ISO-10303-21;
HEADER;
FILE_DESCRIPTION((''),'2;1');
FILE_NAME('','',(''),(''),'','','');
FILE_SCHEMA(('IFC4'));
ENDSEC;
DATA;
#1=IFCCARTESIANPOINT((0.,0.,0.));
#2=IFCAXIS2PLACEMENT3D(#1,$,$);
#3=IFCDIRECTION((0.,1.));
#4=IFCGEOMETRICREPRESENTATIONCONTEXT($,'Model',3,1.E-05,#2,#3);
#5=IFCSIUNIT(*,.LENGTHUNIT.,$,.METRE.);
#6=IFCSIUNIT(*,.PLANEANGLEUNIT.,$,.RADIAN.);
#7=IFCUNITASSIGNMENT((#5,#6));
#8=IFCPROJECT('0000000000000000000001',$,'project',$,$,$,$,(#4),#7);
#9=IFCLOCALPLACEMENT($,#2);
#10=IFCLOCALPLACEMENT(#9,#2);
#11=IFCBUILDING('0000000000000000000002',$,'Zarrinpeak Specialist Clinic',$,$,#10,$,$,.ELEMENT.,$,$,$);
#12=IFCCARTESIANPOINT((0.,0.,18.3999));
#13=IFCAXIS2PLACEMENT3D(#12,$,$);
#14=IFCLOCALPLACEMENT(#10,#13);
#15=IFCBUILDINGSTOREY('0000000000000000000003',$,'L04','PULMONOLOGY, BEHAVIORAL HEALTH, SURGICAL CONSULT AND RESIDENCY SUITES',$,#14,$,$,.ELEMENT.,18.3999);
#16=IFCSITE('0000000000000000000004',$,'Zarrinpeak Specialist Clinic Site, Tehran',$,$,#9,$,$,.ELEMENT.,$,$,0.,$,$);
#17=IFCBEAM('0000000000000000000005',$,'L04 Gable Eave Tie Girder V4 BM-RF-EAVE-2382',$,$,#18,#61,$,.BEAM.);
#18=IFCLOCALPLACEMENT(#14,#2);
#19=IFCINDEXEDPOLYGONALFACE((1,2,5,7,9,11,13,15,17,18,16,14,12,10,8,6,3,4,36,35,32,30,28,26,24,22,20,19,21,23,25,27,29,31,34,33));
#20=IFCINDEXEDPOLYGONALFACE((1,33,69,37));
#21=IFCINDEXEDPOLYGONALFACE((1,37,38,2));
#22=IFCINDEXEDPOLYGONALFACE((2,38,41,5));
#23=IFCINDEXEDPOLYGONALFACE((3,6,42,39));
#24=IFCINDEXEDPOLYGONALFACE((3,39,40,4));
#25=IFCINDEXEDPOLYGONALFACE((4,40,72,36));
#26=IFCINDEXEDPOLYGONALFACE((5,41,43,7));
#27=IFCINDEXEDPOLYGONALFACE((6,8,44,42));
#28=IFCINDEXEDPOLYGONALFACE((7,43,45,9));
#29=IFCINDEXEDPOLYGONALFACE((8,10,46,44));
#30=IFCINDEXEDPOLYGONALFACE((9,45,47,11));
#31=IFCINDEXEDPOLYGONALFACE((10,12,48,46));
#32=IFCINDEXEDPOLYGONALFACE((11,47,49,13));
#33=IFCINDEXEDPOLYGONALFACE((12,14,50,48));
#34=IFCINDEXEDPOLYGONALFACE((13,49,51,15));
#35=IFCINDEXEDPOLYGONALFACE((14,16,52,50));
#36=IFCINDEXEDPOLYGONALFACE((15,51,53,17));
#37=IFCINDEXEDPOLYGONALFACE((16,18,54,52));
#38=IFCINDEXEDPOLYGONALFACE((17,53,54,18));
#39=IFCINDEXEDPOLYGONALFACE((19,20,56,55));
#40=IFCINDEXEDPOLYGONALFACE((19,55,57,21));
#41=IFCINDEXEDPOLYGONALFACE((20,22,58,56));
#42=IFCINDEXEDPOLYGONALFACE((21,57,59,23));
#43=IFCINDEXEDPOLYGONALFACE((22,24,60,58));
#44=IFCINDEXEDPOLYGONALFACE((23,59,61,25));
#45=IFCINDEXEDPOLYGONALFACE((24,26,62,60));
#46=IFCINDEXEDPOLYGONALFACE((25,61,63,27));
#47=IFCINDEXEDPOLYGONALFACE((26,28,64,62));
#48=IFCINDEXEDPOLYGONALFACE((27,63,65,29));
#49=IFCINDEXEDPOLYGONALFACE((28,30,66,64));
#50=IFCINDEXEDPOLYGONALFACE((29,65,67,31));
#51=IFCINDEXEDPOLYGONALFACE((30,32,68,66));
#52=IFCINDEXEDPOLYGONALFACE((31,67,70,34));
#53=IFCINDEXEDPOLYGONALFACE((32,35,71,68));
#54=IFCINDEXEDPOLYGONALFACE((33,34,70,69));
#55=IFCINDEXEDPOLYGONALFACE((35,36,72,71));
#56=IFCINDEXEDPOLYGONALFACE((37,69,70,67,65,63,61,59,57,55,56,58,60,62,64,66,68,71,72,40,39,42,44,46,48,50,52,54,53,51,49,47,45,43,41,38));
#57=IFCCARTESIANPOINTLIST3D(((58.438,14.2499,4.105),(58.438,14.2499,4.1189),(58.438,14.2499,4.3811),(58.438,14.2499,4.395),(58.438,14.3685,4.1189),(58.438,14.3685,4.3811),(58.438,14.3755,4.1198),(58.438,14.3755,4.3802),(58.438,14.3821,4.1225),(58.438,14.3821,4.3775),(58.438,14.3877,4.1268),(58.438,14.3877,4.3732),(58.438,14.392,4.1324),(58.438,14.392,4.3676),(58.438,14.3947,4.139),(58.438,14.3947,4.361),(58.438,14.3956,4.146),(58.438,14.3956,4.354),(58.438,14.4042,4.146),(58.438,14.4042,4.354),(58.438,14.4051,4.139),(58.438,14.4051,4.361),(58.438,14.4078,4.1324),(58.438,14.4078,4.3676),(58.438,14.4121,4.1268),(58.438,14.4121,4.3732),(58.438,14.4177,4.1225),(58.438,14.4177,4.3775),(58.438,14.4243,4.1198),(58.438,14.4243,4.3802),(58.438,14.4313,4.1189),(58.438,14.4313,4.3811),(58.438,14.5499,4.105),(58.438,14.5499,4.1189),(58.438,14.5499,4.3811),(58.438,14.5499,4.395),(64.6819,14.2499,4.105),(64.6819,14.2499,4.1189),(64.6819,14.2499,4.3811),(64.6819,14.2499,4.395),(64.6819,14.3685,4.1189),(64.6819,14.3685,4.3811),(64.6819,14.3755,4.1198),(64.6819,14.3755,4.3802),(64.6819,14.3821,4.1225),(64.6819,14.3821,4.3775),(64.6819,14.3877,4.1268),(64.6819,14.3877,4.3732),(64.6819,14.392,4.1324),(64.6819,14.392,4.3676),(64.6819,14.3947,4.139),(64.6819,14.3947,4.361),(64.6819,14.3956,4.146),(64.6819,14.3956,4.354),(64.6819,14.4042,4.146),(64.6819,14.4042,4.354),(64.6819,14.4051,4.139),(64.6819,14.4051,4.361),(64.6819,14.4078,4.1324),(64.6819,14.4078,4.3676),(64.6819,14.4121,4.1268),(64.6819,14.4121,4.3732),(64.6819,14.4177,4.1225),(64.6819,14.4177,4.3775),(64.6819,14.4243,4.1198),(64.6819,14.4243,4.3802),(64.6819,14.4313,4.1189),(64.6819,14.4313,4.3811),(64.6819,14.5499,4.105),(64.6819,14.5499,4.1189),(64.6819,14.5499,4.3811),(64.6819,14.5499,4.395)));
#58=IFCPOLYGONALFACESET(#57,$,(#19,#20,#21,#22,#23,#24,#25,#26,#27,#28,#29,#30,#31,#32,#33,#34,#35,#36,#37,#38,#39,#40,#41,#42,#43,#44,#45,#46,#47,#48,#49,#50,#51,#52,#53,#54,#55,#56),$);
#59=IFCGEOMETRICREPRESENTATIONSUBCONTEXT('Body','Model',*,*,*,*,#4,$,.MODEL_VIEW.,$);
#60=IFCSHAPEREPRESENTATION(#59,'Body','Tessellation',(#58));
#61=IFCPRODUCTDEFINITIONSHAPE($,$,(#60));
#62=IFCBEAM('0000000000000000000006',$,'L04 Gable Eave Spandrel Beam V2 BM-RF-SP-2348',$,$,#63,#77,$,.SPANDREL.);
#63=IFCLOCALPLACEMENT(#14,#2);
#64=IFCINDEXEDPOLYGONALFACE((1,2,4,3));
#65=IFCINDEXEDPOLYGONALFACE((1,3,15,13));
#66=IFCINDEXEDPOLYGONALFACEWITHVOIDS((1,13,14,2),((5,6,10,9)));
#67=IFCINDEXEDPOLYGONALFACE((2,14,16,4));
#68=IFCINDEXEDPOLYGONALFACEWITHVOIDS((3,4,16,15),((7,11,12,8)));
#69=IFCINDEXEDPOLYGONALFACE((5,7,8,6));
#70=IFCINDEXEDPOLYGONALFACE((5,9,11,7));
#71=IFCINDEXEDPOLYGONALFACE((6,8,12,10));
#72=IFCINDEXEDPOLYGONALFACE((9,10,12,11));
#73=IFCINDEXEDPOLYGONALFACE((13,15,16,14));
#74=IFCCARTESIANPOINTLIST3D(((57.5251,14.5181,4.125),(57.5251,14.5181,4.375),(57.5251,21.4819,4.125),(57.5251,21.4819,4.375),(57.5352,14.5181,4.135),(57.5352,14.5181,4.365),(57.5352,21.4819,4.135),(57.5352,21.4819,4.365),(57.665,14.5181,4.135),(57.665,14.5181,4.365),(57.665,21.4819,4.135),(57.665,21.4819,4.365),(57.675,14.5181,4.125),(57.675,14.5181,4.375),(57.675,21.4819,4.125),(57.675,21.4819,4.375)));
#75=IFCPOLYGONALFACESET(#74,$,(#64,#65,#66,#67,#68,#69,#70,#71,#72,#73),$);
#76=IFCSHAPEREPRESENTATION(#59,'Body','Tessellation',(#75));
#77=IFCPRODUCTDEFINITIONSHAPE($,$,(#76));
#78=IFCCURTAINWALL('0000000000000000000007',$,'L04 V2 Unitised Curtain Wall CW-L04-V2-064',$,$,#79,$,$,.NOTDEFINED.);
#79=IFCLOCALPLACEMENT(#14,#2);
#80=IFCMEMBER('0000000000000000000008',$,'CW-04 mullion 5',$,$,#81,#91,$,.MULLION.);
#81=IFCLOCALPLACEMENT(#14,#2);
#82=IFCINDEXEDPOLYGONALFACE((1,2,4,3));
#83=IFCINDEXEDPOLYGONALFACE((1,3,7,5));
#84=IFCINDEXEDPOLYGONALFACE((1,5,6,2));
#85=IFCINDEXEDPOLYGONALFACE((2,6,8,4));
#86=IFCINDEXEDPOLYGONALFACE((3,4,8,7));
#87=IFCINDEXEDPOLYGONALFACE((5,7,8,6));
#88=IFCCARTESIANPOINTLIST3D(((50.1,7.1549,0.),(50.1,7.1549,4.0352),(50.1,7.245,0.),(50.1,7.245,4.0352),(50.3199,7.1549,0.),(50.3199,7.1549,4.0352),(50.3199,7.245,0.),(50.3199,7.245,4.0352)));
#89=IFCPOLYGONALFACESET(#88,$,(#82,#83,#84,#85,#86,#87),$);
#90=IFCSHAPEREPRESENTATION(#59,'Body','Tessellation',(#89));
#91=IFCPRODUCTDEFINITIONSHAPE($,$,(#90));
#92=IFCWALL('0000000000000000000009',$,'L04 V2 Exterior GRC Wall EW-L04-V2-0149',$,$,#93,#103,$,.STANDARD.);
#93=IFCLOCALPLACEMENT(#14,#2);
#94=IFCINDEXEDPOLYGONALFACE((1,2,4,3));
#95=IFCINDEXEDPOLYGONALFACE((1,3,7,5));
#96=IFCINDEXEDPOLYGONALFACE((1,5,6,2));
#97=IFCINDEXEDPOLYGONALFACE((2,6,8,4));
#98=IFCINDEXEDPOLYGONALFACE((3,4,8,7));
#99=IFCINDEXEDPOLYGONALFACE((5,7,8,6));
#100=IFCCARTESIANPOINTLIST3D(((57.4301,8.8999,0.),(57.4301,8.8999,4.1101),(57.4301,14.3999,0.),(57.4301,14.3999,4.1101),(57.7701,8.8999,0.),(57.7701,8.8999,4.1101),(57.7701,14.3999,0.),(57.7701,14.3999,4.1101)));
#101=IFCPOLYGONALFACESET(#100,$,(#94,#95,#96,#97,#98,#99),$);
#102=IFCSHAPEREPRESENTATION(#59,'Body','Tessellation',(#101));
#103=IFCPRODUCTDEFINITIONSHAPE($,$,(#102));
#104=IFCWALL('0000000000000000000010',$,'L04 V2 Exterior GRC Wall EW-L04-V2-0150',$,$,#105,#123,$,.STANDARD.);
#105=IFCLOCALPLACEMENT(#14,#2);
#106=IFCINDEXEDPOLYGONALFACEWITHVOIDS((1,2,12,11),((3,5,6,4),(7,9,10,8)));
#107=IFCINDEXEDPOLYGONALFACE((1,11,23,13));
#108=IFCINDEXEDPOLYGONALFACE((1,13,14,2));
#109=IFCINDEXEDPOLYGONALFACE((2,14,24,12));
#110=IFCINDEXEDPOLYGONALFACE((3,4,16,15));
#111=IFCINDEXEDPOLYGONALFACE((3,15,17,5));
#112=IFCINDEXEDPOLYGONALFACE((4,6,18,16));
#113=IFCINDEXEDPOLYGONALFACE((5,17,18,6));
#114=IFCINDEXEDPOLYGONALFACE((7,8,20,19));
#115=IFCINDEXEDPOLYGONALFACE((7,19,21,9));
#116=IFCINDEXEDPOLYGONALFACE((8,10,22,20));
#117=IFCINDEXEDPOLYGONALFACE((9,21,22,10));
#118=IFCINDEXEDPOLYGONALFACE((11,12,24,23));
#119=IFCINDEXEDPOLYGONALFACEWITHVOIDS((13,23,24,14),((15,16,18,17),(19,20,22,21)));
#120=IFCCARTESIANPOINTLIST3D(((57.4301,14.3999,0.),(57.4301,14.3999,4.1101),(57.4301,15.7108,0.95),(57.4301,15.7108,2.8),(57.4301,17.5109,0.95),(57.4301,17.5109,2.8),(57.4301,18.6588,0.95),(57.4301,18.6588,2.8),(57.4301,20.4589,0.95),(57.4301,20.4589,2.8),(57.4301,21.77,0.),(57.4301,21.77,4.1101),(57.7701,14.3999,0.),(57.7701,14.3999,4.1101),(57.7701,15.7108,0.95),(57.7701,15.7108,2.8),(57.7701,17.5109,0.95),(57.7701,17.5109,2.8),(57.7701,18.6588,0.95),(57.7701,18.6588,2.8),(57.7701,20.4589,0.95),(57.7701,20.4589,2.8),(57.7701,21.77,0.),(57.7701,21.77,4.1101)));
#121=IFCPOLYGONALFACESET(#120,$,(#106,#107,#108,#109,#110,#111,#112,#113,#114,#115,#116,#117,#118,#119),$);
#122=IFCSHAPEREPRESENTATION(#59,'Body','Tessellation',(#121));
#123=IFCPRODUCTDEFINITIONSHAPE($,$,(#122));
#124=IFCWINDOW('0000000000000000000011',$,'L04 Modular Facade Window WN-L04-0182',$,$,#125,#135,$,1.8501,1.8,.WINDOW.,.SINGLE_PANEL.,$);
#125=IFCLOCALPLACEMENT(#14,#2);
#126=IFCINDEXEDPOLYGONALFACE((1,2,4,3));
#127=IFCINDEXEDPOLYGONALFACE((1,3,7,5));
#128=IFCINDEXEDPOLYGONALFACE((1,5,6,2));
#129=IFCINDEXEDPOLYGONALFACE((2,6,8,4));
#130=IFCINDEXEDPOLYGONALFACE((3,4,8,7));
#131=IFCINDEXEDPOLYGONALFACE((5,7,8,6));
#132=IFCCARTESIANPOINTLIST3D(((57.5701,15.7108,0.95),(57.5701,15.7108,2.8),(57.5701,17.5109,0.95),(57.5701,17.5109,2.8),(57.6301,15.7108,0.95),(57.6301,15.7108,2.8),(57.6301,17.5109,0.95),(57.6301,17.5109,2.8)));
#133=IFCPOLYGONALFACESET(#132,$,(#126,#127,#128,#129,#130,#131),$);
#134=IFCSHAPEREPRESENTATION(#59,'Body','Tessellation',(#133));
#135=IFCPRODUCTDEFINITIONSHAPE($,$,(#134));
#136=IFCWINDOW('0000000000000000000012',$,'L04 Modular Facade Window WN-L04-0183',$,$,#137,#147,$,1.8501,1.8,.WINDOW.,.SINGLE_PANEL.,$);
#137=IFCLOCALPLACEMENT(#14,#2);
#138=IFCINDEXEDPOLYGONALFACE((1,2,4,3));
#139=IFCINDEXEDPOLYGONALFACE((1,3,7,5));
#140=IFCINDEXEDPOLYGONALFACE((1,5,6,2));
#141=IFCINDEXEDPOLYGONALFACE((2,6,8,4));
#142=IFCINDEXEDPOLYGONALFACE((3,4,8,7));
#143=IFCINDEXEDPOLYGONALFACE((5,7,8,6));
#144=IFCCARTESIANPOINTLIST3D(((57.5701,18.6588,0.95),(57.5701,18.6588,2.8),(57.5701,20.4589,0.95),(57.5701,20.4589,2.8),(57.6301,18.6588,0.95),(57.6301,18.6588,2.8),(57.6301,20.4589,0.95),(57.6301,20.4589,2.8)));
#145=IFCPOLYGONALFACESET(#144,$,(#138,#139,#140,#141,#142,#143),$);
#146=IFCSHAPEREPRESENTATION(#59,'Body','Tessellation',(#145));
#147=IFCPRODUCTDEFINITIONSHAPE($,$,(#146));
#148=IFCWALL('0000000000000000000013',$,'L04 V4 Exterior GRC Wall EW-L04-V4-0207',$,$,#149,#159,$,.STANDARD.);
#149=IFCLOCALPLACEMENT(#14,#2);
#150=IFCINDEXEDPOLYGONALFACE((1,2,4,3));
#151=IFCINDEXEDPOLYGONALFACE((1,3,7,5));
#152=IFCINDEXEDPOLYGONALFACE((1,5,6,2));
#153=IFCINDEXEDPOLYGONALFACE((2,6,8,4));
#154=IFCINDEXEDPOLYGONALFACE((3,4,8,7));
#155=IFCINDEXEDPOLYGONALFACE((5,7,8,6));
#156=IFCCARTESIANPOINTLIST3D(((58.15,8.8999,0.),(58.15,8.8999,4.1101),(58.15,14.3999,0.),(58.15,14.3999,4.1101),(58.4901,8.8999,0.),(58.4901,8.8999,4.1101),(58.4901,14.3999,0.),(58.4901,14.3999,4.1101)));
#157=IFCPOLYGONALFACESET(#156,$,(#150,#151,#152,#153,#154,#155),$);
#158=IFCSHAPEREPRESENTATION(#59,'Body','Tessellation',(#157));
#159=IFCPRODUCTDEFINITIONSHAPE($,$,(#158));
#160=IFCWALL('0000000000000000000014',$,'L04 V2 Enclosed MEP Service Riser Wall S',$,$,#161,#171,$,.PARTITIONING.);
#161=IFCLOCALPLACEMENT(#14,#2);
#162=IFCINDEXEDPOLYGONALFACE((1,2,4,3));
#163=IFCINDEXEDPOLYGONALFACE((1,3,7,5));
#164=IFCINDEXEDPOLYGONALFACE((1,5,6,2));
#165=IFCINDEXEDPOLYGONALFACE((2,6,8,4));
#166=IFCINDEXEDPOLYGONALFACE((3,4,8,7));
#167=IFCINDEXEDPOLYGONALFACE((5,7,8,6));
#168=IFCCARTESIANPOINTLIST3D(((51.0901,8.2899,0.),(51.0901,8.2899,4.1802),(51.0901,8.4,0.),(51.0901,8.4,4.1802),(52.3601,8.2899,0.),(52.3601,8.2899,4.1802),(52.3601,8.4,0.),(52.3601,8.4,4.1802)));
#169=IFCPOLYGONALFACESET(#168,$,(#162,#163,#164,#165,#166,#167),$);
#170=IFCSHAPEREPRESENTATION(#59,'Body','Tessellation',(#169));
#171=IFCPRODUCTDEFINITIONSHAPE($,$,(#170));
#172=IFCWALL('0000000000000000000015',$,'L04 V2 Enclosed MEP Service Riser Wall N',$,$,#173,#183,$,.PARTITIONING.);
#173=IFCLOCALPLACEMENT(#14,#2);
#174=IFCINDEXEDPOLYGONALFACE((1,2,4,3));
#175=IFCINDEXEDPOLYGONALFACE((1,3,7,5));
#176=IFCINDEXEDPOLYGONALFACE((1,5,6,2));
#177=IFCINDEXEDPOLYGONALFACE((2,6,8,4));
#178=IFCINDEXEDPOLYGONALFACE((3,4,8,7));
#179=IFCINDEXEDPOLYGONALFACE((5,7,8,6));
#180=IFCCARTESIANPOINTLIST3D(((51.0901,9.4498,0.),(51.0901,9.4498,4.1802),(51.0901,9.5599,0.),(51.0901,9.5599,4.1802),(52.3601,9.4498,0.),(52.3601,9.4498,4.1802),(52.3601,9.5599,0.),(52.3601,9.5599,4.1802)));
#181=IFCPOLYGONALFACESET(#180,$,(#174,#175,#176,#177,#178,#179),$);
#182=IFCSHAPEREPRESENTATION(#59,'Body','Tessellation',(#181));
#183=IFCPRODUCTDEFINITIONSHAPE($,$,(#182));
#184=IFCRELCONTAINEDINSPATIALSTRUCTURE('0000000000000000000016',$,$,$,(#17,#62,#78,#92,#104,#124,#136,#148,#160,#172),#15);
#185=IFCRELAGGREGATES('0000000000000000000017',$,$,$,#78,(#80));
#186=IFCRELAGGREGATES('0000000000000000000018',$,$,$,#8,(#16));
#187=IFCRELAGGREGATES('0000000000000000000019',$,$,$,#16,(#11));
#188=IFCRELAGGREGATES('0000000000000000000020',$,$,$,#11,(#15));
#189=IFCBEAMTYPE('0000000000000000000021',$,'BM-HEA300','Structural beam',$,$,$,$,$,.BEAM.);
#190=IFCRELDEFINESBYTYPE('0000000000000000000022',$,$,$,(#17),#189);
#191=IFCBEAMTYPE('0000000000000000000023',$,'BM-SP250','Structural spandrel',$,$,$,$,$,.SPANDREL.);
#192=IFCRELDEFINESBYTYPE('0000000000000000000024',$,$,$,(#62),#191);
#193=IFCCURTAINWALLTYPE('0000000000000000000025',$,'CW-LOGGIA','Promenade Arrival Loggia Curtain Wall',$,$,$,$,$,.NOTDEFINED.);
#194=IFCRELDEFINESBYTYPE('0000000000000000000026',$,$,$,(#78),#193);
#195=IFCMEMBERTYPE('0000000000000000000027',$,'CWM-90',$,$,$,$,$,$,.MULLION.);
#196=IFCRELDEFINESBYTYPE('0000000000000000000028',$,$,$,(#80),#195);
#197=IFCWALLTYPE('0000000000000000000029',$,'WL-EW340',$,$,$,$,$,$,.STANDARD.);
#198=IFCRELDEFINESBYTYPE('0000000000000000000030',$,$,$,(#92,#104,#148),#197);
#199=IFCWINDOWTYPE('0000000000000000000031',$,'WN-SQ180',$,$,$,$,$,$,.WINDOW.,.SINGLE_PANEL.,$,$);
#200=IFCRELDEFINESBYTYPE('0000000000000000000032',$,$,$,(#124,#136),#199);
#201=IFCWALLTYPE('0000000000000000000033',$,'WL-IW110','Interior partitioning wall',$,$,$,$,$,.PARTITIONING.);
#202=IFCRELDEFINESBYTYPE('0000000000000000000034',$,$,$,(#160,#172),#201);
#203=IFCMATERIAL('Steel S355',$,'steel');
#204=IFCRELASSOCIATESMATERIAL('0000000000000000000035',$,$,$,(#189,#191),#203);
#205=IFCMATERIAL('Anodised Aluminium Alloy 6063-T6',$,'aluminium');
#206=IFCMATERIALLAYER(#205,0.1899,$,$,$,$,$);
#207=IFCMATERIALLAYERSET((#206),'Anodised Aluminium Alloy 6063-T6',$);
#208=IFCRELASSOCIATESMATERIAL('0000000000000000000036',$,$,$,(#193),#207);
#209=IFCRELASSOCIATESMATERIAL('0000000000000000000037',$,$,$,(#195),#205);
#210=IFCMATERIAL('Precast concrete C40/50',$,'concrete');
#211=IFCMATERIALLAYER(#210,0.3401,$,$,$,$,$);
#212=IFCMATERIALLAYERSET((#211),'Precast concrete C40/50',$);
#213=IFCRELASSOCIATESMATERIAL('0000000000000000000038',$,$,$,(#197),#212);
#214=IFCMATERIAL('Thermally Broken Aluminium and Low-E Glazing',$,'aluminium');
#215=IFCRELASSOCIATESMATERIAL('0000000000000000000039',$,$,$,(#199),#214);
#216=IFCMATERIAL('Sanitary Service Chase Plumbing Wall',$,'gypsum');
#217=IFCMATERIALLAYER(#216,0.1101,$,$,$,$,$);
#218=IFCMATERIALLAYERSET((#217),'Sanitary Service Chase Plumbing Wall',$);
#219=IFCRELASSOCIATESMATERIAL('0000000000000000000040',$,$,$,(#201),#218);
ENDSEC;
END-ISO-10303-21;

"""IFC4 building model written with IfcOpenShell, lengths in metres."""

from ifc_helpers import new_model, si_unit, direction, frame, frame_2d, origin, origin_2d, place, context, subcontext, project, spatial, rectangle, hollow_rectangle, i_section, extrude, material, layer, layer_set, material_profile, profile_set, type_object, element, fill, aggregate, save


model = new_model("IFC4")

# Units and contexts
model_context = context("Model", 3, precision=1e-05, world=origin(), true_north=direction((0.0, 1.0)))
body_context = subcontext(model_context, "Body", "Model", "MODEL_VIEW")
ifc_project = project(units=[si_unit("LENGTHUNIT", "METRE"), si_unit("PLANEANGLEUNIT", "RADIAN")], contexts=[model_context])

# Site, building, storey
site_placement = place(None, origin())
site = spatial("IfcSite", under=ifc_project, at=site_placement, Name="Zarrinpeak Specialist Clinic Site, Tehran", CompositionType="ELEMENT", RefElevation=0.0)
building_placement = place(site_placement, origin())
building = spatial("IfcBuilding", under=site, at=building_placement, Name="Zarrinpeak Specialist Clinic", CompositionType="ELEMENT")
storey_placement = place(building_placement, frame((0.0, 0.0, 18.3999)))
storey = spatial("IfcBuildingStorey", under=building, at=storey_placement, Name="L04", Description="PULMONOLOGY, BEHAVIORAL HEALTH, SURGICAL CONSULT AND RESIDENCY SUITES", CompositionType="ELEMENT", Elevation=18.3999)

# Shared definitions
ifc_material_1 = material(Name="Steel S355", Category="steel")

# Beams
ifc_material_profile_1 = material_profile(ifc_material_1, i_section(OverallWidth=0.3, OverallDepth=0.29, WebThickness=0.0085, FlangeThickness=0.0139, FilletRadius=0.0271, at=origin_2d()), Name="HEA 300")
ifc_profile_set_1 = profile_set([ifc_material_profile_1], Name="Steel S355")
beam_type_1 = type_object("IfcBeamType", Name="BM-HEA300", Description="Structural beam", PredefinedType="BEAM", material=ifc_profile_set_1)
beam_1_placement = place(storey_placement, frame((58.438, 14.3999, 4.25), z_axis=(1.0, 0.0, 0.0), x_axis=(0.0, 1.0, 0.0)))
element("IfcBeam", 1, at=beam_1_placement, inside=storey, type_object=beam_type_1, Name="L04 Gable Eave Tie Girder V4 BM-RF-EAVE-2382", PredefinedType="BEAM", context=body_context, shape_type="SweptSolid", body=[
    extrude(i_section(OverallWidth=0.3, OverallDepth=0.29, WebThickness=0.0085, FlangeThickness=0.0139, FilletRadius=0.0271, at=origin_2d()), origin(), (0.0, 0.0, 1.0), 6.2439),
])
ifc_material_profile_2 = material_profile(ifc_material_1, hollow_rectangle(XDim=0.1499, YDim=0.25, WallThickness=0.01, at=origin_2d()), Name="RHS 250x150x10.0")
ifc_profile_set_2 = profile_set([ifc_material_profile_2], Name="Steel S355")
beam_type_2 = type_object("IfcBeamType", Name="BM-SP250", Description="Structural spandrel", PredefinedType="SPANDREL", material=ifc_profile_set_2)
beam_2_placement = place(storey_placement, frame((57.6001, 14.5181, 4.25), z_axis=(0.0, 1.0, 0.0), x_axis=(-1.0, 0.0, 0.0)))
element("IfcBeam", 2, at=beam_2_placement, inside=storey, type_object=beam_type_2, Name="L04 Gable Eave Spandrel Beam V2 BM-RF-SP-2348", PredefinedType="SPANDREL", context=body_context, shape_type="SweptSolid", body=[
    extrude(hollow_rectangle(XDim=0.1499, YDim=0.25, WallThickness=0.01, at=origin_2d()), origin(), (0.0, 0.0, 1.0), 6.9639),
])

# Curtain wall, member
ifc_material_2 = material(Name="Anodised Aluminium Alloy 6063-T6", Category="aluminium")
ifc_layer_1 = layer(ifc_material_2, 0.1899)
ifc_layer_set_1 = layer_set([ifc_layer_1], Name="Anodised Aluminium Alloy 6063-T6")
curtain_wall_type = type_object("IfcCurtainWallType", Name="CW-LOGGIA", Description="Promenade Arrival Loggia Curtain Wall", PredefinedType="NOTDEFINED", material=ifc_layer_set_1)
curtain_wall_placement = place(storey_placement, origin())
curtain_wall = element("IfcCurtainWall", 3, at=curtain_wall_placement, inside=storey, type_object=curtain_wall_type, Name="L04 V2 Unitised Curtain Wall CW-L04-V2-064", PredefinedType="NOTDEFINED")
ifc_material_profile_3 = material_profile(ifc_material_2, rectangle(XDim=0.0901, YDim=0.22, at=origin_2d()), Name="ALU 90x220")
ifc_profile_set_3 = profile_set([ifc_material_profile_3], Name="Anodised Aluminium Alloy 6063-T6")
member_type = type_object("IfcMemberType", Name="CWM-90", PredefinedType="MULLION", material=ifc_profile_set_3)
member_placement = place(storey_placement, frame((50.21, 7.2, 0.0), z_axis=(0.0, 0.0, 1.0), x_axis=(0.0, 1.0, 0.0)))
member = element("IfcMember", 4, at=member_placement, type_object=member_type, Name="CW-04 mullion 5", PredefinedType="MULLION", context=body_context, shape_type="SweptSolid", body=[
    extrude(rectangle(XDim=0.0901, YDim=0.22, at=origin_2d()), origin(), (0.0, 0.0, 1.0), 4.0352),
])
aggregate(curtain_wall, [member])

# Wall
ifc_material_3 = material(Name="Precast concrete C40/50", Category="concrete")
ifc_layer_2 = layer(ifc_material_3, 0.3401)
ifc_layer_set_2 = layer_set([ifc_layer_2], Name="Precast concrete C40/50")
wall_type_1 = type_object("IfcWallType", Name="WL-EW340", PredefinedType="STANDARD", material=ifc_layer_set_2)
wall_1_placement = place(storey_placement, frame((57.6001, 8.8999, 0.0), z_axis=(0.0, 0.0, 1.0), x_axis=(0.0, 1.0, 0.0)))
element("IfcWall", 5, at=wall_1_placement, inside=storey, type_object=wall_type_1, Name="L04 V2 Exterior GRC Wall EW-L04-V2-0149", PredefinedType="STANDARD", context=body_context, shape_type="SweptSolid", body=[
    extrude(rectangle(XDim=5.5, YDim=0.3401, at=frame_2d((2.75, 0.0))), origin(), (0.0, 0.0, 1.0), 4.1101),
])

# Wall, openings, windows
wall_2_placement = place(storey_placement, frame((57.6001, 14.3999, 0.0), z_axis=(0.0, 0.0, 1.0), x_axis=(0.0, 1.0, 0.0)))
wall_2 = element("IfcWall", 6, at=wall_2_placement, inside=storey, type_object=wall_type_1, Name="L04 V2 Exterior GRC Wall EW-L04-V2-0150", PredefinedType="STANDARD", context=body_context, shape_type="SweptSolid", body=[
    extrude(rectangle(XDim=7.3701, YDim=0.3401, at=frame_2d((3.6851, 0.0))), origin(), (0.0, 0.0, 1.0), 4.1101),
])
opening_1_placement = place(wall_2_placement, frame((1.311, 0.0, 0.95)))
opening_1 = element("IfcOpeningElement", 7, at=opening_1_placement, cuts=wall_2, PredefinedType="OPENING", context=body_context, shape_type="SweptSolid", body=[
    extrude(rectangle(XDim=1.8, YDim=1.8501, at=frame_2d((0.8999, 0.925))), frame((0.0, 0.1802, 0.0), z_axis=(0.0, -1.0, 0.0), x_axis=(1.0, 0.0, 0.0)), (0.0, 0.0, 1.0), 0.3601),
])
opening_2_placement = place(wall_2_placement, frame((4.259, 0.0, 0.95)))
opening_2 = element("IfcOpeningElement", 8, at=opening_2_placement, cuts=wall_2, PredefinedType="OPENING", context=body_context, shape_type="SweptSolid", body=[
    extrude(rectangle(XDim=1.8, YDim=1.8501, at=frame_2d((0.8999, 0.925))), frame((0.0, 0.1802, 0.0), z_axis=(0.0, -1.0, 0.0), x_axis=(1.0, 0.0, 0.0)), (0.0, 0.0, 1.0), 0.3601),
])
ifc_material_4 = material(Name="Thermally Broken Aluminium and Low-E Glazing", Category="aluminium")
window_type = type_object("IfcWindowType", Name="WN-SQ180", PartitioningType="SINGLE_PANEL", PredefinedType="WINDOW", material=ifc_material_4)
window_1_placement = place(opening_1_placement, origin())
window_1 = element("IfcWindow", 9, at=window_1_placement, inside=storey, type_object=window_type, Name="L04 Modular Facade Window WN-L04-0182", OverallHeight=1.8501, OverallWidth=1.8, PartitioningType="SINGLE_PANEL", PredefinedType="WINDOW", context=body_context, shape_type="SweptSolid", body=[
    extrude(rectangle(XDim=1.8, YDim=1.8501, at=frame_2d((0.8999, 0.925))), frame((0.0, 0.03, 0.0), z_axis=(0.0, -1.0, 0.0), x_axis=(1.0, 0.0, 0.0)), (0.0, 0.0, 1.0), 0.0601),
])
fill(opening_1, window_1)
window_2_placement = place(opening_2_placement, origin())
window_2 = element("IfcWindow", 10, at=window_2_placement, inside=storey, type_object=window_type, Name="L04 Modular Facade Window WN-L04-0183", OverallHeight=1.8501, OverallWidth=1.8, PartitioningType="SINGLE_PANEL", PredefinedType="WINDOW", context=body_context, shape_type="SweptSolid", body=[
    extrude(rectangle(XDim=1.8, YDim=1.8501, at=frame_2d((0.8999, 0.925))), frame((0.0, 0.03, 0.0), z_axis=(0.0, -1.0, 0.0), x_axis=(1.0, 0.0, 0.0)), (0.0, 0.0, 1.0), 0.0601),
])
fill(opening_2, window_2)

# Walls
wall_3_placement = place(storey_placement, frame((58.3201, 14.3999, 0.0), z_axis=(0.0, 0.0, 1.0), x_axis=(0.0, -1.0, 0.0)))
element("IfcWall", 11, at=wall_3_placement, inside=storey, type_object=wall_type_1, Name="L04 V4 Exterior GRC Wall EW-L04-V4-0207", PredefinedType="STANDARD", context=body_context, shape_type="SweptSolid", body=[
    extrude(rectangle(XDim=5.5, YDim=0.3401, at=frame_2d((2.75, 0.0))), origin(), (0.0, 0.0, 1.0), 4.1101),
])
ifc_material_5 = material(Name="Sanitary Service Chase Plumbing Wall", Category="gypsum")
ifc_layer_3 = layer(ifc_material_5, 0.1101)
ifc_layer_set_3 = layer_set([ifc_layer_3], Name="Sanitary Service Chase Plumbing Wall")
wall_type_2 = type_object("IfcWallType", Name="WL-IW110", Description="Interior partitioning wall", PredefinedType="PARTITIONING", material=ifc_layer_set_3)
for number, where, z_axis, x_axis, name in (
    (12, (51.0901, 8.345, 0.0), (0.0, 0.0, 1.0), (1.0, 0.0, 0.0), "L04 V2 Enclosed MEP Service Riser Wall S"),
    (13, (51.0901, 9.5049, 0.0), (0.0, 0.0, 1.0), (1.0, 0.0, 0.0), "L04 V2 Enclosed MEP Service Riser Wall N"),
):
    element("IfcWall", number, at=place(storey_placement, frame(where, z_axis=z_axis, x_axis=x_axis)), inside=storey, type_object=wall_type_2, Name=name, PredefinedType="PARTITIONING", context=body_context, shape_type="SweptSolid", body=[
        extrude(rectangle(XDim=1.27, YDim=0.1101, at=frame_2d((0.635, 0.0))), origin(), (0.0, 0.0, 1.0), 4.1802),
    ])

save(model, "model.ifc")
